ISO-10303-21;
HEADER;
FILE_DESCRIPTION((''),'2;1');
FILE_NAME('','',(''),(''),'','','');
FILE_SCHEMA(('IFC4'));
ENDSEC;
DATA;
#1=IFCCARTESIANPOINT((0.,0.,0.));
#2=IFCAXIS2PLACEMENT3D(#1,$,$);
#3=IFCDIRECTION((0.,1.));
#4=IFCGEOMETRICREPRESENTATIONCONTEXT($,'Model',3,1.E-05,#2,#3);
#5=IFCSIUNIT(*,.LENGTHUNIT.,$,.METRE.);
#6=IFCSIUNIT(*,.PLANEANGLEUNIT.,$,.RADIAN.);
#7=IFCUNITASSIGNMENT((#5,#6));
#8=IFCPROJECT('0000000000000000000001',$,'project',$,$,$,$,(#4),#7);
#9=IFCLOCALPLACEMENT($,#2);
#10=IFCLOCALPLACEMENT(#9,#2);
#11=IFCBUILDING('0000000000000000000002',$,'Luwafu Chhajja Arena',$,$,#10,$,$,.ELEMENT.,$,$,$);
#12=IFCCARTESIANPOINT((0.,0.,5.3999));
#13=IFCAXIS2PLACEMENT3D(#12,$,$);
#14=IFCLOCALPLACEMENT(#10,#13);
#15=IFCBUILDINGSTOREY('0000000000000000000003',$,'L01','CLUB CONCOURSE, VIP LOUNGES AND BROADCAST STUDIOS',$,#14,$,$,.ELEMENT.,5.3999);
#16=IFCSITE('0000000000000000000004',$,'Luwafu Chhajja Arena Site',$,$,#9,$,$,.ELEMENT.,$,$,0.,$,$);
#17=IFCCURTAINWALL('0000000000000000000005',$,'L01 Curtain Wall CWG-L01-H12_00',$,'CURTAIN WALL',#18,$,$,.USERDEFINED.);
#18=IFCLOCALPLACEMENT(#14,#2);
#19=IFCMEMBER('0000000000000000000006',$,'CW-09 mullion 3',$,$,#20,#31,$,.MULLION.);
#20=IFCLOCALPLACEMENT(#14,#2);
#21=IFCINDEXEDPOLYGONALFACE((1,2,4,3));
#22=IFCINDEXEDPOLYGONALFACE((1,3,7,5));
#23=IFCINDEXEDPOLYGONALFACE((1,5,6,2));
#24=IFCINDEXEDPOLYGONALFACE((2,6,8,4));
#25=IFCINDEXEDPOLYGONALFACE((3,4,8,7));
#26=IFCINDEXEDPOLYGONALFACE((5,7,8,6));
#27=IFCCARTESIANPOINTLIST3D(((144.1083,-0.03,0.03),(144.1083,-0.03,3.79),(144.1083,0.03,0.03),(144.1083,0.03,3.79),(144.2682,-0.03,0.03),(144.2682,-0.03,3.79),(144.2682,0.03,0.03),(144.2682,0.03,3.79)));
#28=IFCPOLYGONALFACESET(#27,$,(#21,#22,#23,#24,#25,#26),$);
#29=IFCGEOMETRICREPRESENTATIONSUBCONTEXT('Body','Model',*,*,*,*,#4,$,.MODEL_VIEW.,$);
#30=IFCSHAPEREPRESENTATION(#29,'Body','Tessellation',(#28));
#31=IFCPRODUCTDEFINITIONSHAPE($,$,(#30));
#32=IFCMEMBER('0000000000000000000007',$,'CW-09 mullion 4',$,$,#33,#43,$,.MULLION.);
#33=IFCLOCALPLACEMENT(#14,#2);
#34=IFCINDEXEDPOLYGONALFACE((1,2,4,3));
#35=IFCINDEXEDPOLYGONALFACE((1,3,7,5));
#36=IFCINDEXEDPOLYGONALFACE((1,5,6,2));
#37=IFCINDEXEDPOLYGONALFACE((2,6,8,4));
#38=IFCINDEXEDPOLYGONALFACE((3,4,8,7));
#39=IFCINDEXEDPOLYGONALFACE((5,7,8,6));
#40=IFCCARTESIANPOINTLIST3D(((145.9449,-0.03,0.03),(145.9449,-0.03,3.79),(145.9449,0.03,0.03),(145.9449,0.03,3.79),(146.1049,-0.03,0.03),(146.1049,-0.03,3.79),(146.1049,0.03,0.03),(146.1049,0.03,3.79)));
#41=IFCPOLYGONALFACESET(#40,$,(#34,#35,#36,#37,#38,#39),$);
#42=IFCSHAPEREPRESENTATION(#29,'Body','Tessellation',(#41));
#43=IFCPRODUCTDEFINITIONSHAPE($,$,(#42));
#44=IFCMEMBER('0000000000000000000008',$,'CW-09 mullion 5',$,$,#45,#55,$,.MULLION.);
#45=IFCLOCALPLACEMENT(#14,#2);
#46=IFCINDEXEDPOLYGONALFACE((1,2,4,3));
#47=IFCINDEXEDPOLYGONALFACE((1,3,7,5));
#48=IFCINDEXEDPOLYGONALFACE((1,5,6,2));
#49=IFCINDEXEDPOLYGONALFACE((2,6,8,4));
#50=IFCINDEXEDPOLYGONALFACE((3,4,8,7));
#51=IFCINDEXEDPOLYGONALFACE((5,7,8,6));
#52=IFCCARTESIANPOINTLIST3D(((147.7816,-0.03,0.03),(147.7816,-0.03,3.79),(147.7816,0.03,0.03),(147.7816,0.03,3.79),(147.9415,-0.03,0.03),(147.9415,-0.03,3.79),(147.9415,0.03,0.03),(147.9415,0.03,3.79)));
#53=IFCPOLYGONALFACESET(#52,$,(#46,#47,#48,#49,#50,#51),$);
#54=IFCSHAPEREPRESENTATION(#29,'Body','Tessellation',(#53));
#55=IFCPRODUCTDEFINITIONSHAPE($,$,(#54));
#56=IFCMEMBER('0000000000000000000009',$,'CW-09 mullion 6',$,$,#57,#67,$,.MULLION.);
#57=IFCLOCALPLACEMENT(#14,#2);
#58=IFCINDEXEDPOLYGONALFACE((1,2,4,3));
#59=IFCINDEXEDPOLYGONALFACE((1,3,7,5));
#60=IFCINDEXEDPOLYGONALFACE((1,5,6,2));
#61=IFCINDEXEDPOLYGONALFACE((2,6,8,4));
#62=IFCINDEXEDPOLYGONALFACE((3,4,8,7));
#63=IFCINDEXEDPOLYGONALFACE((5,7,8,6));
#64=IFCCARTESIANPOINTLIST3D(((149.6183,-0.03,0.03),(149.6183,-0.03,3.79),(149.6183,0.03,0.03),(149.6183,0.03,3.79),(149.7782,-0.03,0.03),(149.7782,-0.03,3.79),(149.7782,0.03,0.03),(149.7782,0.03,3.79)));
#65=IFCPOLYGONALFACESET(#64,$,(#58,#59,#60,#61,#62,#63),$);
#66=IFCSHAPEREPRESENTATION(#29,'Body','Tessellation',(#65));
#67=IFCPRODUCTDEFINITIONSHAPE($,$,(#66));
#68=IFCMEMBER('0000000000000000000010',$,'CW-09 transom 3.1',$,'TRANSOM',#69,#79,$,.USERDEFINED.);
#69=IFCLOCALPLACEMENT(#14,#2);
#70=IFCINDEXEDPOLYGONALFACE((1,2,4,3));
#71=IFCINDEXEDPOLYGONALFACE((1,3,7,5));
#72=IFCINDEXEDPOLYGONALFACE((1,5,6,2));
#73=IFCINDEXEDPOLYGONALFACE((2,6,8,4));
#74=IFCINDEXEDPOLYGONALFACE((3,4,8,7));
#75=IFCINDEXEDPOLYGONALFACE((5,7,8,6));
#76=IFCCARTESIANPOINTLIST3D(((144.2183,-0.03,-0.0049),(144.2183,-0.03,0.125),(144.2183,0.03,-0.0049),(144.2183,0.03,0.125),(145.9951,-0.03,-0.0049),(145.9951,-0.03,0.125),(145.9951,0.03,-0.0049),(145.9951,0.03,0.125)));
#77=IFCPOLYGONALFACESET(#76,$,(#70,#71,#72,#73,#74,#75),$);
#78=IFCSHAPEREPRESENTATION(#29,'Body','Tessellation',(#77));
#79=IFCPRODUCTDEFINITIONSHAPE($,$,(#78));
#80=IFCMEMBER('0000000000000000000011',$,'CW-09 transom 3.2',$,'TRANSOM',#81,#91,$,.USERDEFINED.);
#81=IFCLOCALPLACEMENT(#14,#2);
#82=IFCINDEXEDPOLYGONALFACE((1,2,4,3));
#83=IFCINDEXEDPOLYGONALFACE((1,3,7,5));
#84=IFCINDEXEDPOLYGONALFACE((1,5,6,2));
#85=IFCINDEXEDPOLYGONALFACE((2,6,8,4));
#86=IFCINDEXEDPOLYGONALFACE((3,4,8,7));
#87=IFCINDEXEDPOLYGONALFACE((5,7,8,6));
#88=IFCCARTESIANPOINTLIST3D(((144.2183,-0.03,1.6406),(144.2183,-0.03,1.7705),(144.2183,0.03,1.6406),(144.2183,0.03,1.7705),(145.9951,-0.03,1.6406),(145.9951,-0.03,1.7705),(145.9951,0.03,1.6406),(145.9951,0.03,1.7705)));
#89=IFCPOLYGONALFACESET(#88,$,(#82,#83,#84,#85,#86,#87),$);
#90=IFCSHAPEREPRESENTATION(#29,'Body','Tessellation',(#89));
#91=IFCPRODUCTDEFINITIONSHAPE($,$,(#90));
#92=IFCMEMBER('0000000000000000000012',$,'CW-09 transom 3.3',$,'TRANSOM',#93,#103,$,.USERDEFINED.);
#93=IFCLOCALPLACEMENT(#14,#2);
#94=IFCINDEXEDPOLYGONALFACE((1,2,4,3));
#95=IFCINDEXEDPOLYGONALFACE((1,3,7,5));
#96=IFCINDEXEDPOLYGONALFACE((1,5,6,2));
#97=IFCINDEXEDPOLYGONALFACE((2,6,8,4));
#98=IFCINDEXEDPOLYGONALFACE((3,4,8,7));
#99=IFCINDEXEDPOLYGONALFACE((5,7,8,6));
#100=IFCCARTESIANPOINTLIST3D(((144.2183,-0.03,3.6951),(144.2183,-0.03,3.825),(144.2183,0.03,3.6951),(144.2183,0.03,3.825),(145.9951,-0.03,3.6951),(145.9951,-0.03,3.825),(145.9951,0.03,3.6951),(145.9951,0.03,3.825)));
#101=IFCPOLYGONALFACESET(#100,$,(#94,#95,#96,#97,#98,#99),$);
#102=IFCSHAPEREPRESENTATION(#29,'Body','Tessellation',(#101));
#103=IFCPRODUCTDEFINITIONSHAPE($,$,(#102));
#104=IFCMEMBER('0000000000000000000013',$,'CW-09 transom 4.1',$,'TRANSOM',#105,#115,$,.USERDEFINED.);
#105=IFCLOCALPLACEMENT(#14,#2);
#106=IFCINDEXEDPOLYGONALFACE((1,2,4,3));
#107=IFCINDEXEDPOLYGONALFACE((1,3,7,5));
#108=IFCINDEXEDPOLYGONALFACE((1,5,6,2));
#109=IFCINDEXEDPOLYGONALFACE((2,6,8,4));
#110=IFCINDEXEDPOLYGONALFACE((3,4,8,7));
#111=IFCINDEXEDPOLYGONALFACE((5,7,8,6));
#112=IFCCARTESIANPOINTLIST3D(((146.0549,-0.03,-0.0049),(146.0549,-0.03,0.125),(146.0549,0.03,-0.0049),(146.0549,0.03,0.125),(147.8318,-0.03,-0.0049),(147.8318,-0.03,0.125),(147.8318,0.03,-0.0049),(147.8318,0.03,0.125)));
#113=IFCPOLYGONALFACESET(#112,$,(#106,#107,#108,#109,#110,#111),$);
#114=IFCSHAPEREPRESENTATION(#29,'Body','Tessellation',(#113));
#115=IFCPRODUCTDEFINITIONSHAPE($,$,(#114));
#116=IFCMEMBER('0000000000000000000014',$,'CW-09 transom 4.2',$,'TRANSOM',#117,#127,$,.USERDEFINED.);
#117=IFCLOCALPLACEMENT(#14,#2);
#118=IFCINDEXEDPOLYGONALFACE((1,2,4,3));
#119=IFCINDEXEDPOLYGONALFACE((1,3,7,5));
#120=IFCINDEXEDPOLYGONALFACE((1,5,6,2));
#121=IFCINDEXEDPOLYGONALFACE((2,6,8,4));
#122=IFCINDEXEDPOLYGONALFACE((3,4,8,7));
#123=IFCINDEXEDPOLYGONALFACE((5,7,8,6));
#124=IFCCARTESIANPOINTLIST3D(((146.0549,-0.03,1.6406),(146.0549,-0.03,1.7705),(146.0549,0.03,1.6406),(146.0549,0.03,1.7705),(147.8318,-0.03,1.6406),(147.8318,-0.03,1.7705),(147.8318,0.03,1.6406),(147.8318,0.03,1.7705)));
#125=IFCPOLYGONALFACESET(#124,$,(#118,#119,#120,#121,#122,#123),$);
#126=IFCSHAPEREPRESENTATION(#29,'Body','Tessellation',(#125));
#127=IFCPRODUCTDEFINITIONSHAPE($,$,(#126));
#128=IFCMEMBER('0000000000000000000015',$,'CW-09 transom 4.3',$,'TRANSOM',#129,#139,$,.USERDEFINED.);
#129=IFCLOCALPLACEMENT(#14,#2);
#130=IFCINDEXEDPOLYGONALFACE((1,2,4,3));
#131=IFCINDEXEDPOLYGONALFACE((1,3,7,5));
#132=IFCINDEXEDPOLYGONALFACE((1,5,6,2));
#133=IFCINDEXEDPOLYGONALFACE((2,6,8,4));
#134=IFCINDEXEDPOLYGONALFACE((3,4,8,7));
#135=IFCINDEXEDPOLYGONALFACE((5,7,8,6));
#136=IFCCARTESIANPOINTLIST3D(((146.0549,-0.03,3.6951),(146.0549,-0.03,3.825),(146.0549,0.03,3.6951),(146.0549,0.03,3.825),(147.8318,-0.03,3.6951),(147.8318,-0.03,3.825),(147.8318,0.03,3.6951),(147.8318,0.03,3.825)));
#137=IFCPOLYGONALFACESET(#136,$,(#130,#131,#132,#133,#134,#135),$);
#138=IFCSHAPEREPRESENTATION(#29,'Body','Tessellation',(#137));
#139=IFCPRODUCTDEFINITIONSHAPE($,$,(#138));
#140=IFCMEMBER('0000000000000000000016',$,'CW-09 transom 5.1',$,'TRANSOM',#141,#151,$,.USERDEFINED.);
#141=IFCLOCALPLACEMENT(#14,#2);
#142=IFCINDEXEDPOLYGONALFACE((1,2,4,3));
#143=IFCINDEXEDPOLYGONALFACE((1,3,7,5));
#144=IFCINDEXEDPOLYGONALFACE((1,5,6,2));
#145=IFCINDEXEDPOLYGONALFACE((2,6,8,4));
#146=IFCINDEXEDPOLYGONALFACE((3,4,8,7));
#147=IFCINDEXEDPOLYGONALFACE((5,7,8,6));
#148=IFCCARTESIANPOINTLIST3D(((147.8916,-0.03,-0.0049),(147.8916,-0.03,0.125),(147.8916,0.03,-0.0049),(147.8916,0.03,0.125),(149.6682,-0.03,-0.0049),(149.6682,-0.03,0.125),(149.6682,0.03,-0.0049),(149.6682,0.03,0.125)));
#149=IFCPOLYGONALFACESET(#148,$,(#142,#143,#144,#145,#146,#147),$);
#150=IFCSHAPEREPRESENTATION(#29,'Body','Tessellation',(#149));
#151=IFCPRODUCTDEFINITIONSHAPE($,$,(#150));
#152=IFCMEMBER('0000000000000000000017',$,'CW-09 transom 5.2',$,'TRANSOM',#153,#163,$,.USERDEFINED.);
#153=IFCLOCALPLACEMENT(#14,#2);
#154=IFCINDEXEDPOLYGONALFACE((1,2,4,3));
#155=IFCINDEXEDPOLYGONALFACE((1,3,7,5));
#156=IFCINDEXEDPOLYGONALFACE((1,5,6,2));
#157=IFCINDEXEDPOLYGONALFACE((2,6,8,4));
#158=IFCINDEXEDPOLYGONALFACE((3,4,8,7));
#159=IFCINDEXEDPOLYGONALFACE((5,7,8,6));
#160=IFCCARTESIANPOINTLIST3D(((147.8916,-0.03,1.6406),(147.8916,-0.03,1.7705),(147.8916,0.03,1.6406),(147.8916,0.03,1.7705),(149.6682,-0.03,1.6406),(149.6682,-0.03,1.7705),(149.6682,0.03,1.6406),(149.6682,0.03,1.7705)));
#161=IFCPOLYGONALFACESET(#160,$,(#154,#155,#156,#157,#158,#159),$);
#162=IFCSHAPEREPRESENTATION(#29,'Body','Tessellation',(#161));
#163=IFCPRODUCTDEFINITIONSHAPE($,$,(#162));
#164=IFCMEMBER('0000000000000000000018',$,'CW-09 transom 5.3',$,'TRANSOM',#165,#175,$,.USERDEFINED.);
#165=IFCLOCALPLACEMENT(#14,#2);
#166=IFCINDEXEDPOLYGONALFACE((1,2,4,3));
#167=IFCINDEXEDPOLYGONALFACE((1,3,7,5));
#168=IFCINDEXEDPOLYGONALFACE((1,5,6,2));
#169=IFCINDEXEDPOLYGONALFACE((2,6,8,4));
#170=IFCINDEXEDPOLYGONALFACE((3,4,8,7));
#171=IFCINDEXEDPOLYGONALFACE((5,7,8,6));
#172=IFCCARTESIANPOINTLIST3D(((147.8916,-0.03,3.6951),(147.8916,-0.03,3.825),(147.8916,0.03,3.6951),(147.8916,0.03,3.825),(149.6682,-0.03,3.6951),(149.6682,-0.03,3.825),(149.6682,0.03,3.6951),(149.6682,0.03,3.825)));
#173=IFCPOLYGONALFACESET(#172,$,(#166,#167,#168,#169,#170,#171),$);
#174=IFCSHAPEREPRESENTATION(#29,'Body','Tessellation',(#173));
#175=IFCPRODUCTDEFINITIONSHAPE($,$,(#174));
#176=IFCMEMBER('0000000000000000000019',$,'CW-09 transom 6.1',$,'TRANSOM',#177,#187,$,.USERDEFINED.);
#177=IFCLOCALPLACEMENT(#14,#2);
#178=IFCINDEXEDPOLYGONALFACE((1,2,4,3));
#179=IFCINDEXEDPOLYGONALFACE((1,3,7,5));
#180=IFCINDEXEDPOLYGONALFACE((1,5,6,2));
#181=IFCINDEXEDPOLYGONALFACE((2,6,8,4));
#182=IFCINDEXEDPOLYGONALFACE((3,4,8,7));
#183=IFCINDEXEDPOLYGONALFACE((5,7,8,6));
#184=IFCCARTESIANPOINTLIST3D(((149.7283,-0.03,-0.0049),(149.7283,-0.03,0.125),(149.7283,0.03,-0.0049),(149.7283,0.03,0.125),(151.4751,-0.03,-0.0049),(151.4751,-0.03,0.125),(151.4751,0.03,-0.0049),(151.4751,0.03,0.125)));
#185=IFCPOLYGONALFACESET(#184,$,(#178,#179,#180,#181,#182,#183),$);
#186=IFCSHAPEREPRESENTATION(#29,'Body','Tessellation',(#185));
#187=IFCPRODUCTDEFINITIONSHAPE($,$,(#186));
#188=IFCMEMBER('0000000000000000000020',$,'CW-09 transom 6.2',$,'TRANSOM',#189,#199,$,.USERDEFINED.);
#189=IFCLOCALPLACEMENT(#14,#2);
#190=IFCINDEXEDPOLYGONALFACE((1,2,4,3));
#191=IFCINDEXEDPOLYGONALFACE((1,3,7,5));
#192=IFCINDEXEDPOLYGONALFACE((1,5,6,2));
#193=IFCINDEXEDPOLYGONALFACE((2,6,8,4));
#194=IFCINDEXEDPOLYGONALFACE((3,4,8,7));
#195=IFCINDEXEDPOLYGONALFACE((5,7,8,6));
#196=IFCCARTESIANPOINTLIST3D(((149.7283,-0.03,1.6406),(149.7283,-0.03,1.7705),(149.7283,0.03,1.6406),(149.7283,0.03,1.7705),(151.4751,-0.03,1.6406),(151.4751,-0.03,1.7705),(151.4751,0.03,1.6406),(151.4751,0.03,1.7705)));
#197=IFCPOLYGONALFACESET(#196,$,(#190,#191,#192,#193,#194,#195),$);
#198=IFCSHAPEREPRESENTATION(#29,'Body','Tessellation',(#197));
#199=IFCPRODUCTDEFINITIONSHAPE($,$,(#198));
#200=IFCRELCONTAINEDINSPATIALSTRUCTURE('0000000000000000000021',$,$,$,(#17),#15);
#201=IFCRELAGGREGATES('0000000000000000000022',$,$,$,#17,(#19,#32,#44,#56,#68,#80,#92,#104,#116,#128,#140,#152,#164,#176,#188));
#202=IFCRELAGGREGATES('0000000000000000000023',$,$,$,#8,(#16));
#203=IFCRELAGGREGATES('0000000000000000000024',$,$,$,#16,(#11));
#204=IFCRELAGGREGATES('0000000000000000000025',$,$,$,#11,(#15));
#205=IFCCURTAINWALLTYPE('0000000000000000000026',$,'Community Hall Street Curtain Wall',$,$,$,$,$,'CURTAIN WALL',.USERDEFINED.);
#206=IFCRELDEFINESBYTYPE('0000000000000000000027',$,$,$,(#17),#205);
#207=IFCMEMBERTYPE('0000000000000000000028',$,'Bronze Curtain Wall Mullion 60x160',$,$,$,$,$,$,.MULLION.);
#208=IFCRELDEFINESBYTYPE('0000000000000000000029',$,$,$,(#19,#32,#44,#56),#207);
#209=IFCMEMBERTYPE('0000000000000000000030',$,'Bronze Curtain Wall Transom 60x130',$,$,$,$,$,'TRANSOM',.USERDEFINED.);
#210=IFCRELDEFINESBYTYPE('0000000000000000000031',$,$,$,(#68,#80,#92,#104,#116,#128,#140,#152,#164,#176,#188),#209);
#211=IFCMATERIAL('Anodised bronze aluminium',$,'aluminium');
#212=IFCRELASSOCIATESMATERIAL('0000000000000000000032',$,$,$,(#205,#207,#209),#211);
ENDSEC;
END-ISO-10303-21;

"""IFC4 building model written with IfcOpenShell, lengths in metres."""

from ifc_helpers import new_model, si_unit, direction, frame, origin, origin_2d, place, context, subcontext, project, spatial, rectangle, extrude, material, material_profile, profile_set, type_object, element, aggregate, save


model = new_model("IFC4")

# Units and contexts
model_context = context("Model", 3, precision=1e-05, world=origin(), true_north=direction((0.0, 1.0)))
body_context = subcontext(model_context, "Body", "Model", "MODEL_VIEW")
ifc_project = project(units=[si_unit("LENGTHUNIT", "METRE"), si_unit("PLANEANGLEUNIT", "RADIAN")], contexts=[model_context])

# Site, building, storey
site_placement = place(None, origin())
site = spatial("IfcSite", under=ifc_project, at=site_placement, Name="Luwafu Chhajja Arena Site", CompositionType="ELEMENT", RefElevation=0.0)
building_placement = place(site_placement, origin())
building = spatial("IfcBuilding", under=site, at=building_placement, Name="Luwafu Chhajja Arena", CompositionType="ELEMENT")
storey_placement = place(building_placement, frame((0.0, 0.0, 5.3999)))
storey = spatial("IfcBuildingStorey", under=building, at=storey_placement, Name="L01", Description="CLUB CONCOURSE, VIP LOUNGES AND BROADCAST STUDIOS", CompositionType="ELEMENT", Elevation=5.3999)

# Curtain wall, members
ifc_material_1 = material(Name="Anodised bronze aluminium", Category="aluminium")
curtain_wall_type = type_object("IfcCurtainWallType", Name="Community Hall Street Curtain Wall", ElementType="CURTAIN WALL", PredefinedType="USERDEFINED", material=ifc_material_1)
curtain_wall_placement = place(storey_placement, origin())
curtain_wall = element("IfcCurtainWall", 1, at=curtain_wall_placement, inside=storey, type_object=curtain_wall_type, Name="L01 Curtain Wall CWG-L01-H12_00", ObjectType="CURTAIN WALL", PredefinedType="USERDEFINED")
ifc_material_profile_1 = material_profile(ifc_material_1, rectangle(XDim=0.0601, YDim=0.1599, at=origin_2d()), Name="CWM 60x160")
ifc_profile_set_1 = profile_set([ifc_material_profile_1], Name="Anodised bronze aluminium")
member_type_1 = type_object("IfcMemberType", Name="Bronze Curtain Wall Mullion 60x160", PredefinedType="MULLION", material=ifc_profile_set_1)
member_1_placement = place(storey_placement, frame((144.1882, 0.0, 0.03), z_axis=(0.0, 0.0, 1.0), x_axis=(0.0, 1.0, 0.0)))
member_1 = element("IfcMember", 2, at=member_1_placement, type_object=member_type_1, Name="CW-09 mullion 3", PredefinedType="MULLION", context=body_context, shape_type="SweptSolid", body=[
    extrude(rectangle(XDim=0.0601, YDim=0.1599, at=origin_2d()), origin(), (0.0, 0.0, 1.0), 3.76),
])
member_2_placement = place(storey_placement, frame((146.0249, 0.0, 0.03), z_axis=(0.0, 0.0, 1.0), x_axis=(0.0, 1.0, 0.0)))
member_2 = element("IfcMember", 3, at=member_2_placement, type_object=member_type_1, Name="CW-09 mullion 4", PredefinedType="MULLION", context=body_context, shape_type="SweptSolid", body=[
    extrude(rectangle(XDim=0.0601, YDim=0.1599, at=origin_2d()), origin(), (0.0, 0.0, 1.0), 3.76),
])
member_3_placement = place(storey_placement, frame((147.8616, 0.0, 0.03), z_axis=(0.0, 0.0, 1.0), x_axis=(0.0, 1.0, 0.0)))
member_3 = element("IfcMember", 4, at=member_3_placement, type_object=member_type_1, Name="CW-09 mullion 5", PredefinedType="MULLION", context=body_context, shape_type="SweptSolid", body=[
    extrude(rectangle(XDim=0.0601, YDim=0.1599, at=origin_2d()), origin(), (0.0, 0.0, 1.0), 3.76),
])
member_4_placement = place(storey_placement, frame((149.6982, 0.0, 0.03), z_axis=(0.0, 0.0, 1.0), x_axis=(0.0, 1.0, 0.0)))
member_4 = element("IfcMember", 5, at=member_4_placement, type_object=member_type_1, Name="CW-09 mullion 6", PredefinedType="MULLION", context=body_context, shape_type="SweptSolid", body=[
    extrude(rectangle(XDim=0.0601, YDim=0.1599, at=origin_2d()), origin(), (0.0, 0.0, 1.0), 3.76),
])
ifc_material_profile_2 = material_profile(ifc_material_1, rectangle(XDim=0.0601, YDim=0.1299, at=origin_2d()), Name="CWT 60x130")
ifc_profile_set_2 = profile_set([ifc_material_profile_2], Name="Anodised bronze aluminium")
member_type_2 = type_object("IfcMemberType", Name="Bronze Curtain Wall Transom 60x130", ElementType="TRANSOM", PredefinedType="USERDEFINED", material=ifc_profile_set_2)
member_5_placement = place(storey_placement, frame((144.2183, 0.0, 0.0601), z_axis=(1.0, 0.0, 0.0), x_axis=(0.0, 1.0, 0.0)))
member_5 = element("IfcMember", 6, at=member_5_placement, type_object=member_type_2, Name="CW-09 transom 3.1", ObjectType="TRANSOM", PredefinedType="USERDEFINED", context=body_context, shape_type="SweptSolid", body=[
    extrude(rectangle(XDim=0.0601, YDim=0.1299, at=origin_2d()), origin(), (0.0, 0.0, 1.0), 1.7769),
])
member_6_placement = place(storey_placement, frame((144.2183, 0.0, 1.7056), z_axis=(1.0, 0.0, 0.0), x_axis=(0.0, 1.0, 0.0)))
member_6 = element("IfcMember", 7, at=member_6_placement, type_object=member_type_2, Name="CW-09 transom 3.2", ObjectType="TRANSOM", PredefinedType="USERDEFINED", context=body_context, shape_type="SweptSolid", body=[
    extrude(rectangle(XDim=0.0601, YDim=0.1299, at=origin_2d()), origin(), (0.0, 0.0, 1.0), 1.7769),
])
member_7_placement = place(storey_placement, frame((144.2183, 0.0, 3.76), z_axis=(1.0, 0.0, 0.0), x_axis=(0.0, 1.0, 0.0)))
member_7 = element("IfcMember", 8, at=member_7_placement, type_object=member_type_2, Name="CW-09 transom 3.3", ObjectType="TRANSOM", PredefinedType="USERDEFINED", context=body_context, shape_type="SweptSolid", body=[
    extrude(rectangle(XDim=0.0601, YDim=0.1299, at=origin_2d()), origin(), (0.0, 0.0, 1.0), 1.7769),
])
member_8_placement = place(storey_placement, frame((146.0549, 0.0, 0.0601), z_axis=(1.0, 0.0, 0.0), x_axis=(0.0, 1.0, 0.0)))
member_8 = element("IfcMember", 9, at=member_8_placement, type_object=member_type_2, Name="CW-09 transom 4.1", ObjectType="TRANSOM", PredefinedType="USERDEFINED", context=body_context, shape_type="SweptSolid", body=[
    extrude(rectangle(XDim=0.0601, YDim=0.1299, at=origin_2d()), origin(), (0.0, 0.0, 1.0), 1.7769),
])
member_9_placement = place(storey_placement, frame((146.0549, 0.0, 1.7056), z_axis=(1.0, 0.0, 0.0), x_axis=(0.0, 1.0, 0.0)))
member_9 = element("IfcMember", 10, at=member_9_placement, type_object=member_type_2, Name="CW-09 transom 4.2", ObjectType="TRANSOM", PredefinedType="USERDEFINED", context=body_context, shape_type="SweptSolid", body=[
    extrude(rectangle(XDim=0.0601, YDim=0.1299, at=origin_2d()), origin(), (0.0, 0.0, 1.0), 1.7769),
])
member_10_placement = place(storey_placement, frame((146.0549, 0.0, 3.76), z_axis=(1.0, 0.0, 0.0), x_axis=(0.0, 1.0, 0.0)))
member_10 = element("IfcMember", 11, at=member_10_placement, type_object=member_type_2, Name="CW-09 transom 4.3", ObjectType="TRANSOM", PredefinedType="USERDEFINED", context=body_context, shape_type="SweptSolid", body=[
    extrude(rectangle(XDim=0.0601, YDim=0.1299, at=origin_2d()), origin(), (0.0, 0.0, 1.0), 1.7769),
])
member_11_placement = place(storey_placement, frame((147.8916, 0.0, 0.0601), z_axis=(1.0, 0.0, 0.0), x_axis=(0.0, 1.0, 0.0)))
member_11 = element("IfcMember", 12, at=member_11_placement, type_object=member_type_2, Name="CW-09 transom 5.1", ObjectType="TRANSOM", PredefinedType="USERDEFINED", context=body_context, shape_type="SweptSolid", body=[
    extrude(rectangle(XDim=0.0601, YDim=0.1299, at=origin_2d()), origin(), (0.0, 0.0, 1.0), 1.7766),
])
member_12_placement = place(storey_placement, frame((147.8916, 0.0, 1.7056), z_axis=(1.0, 0.0, 0.0), x_axis=(0.0, 1.0, 0.0)))
member_12 = element("IfcMember", 13, at=member_12_placement, type_object=member_type_2, Name="CW-09 transom 5.2", ObjectType="TRANSOM", PredefinedType="USERDEFINED", context=body_context, shape_type="SweptSolid", body=[
    extrude(rectangle(XDim=0.0601, YDim=0.1299, at=origin_2d()), origin(), (0.0, 0.0, 1.0), 1.7766),
])
member_13_placement = place(storey_placement, frame((147.8916, 0.0, 3.76), z_axis=(1.0, 0.0, 0.0), x_axis=(0.0, 1.0, 0.0)))
member_13 = element("IfcMember", 14, at=member_13_placement, type_object=member_type_2, Name="CW-09 transom 5.3", ObjectType="TRANSOM", PredefinedType="USERDEFINED", context=body_context, shape_type="SweptSolid", body=[
    extrude(rectangle(XDim=0.0601, YDim=0.1299, at=origin_2d()), origin(), (0.0, 0.0, 1.0), 1.7766),
])
member_14_placement = place(storey_placement, frame((149.7283, 0.0, 0.0601), z_axis=(1.0, 0.0, 0.0), x_axis=(0.0, 1.0, 0.0)))
member_14 = element("IfcMember", 15, at=member_14_placement, type_object=member_type_2, Name="CW-09 transom 6.1", ObjectType="TRANSOM", PredefinedType="USERDEFINED", context=body_context, shape_type="SweptSolid", body=[
    extrude(rectangle(XDim=0.0601, YDim=0.1299, at=origin_2d()), origin(), (0.0, 0.0, 1.0), 1.7468),
])
member_15_placement = place(storey_placement, frame((149.7283, 0.0, 1.7056), z_axis=(1.0, 0.0, 0.0), x_axis=(0.0, 1.0, 0.0)))
member_15 = element("IfcMember", 16, at=member_15_placement, type_object=member_type_2, Name="CW-09 transom 6.2", ObjectType="TRANSOM", PredefinedType="USERDEFINED", context=body_context, shape_type="SweptSolid", body=[
    extrude(rectangle(XDim=0.0601, YDim=0.1299, at=origin_2d()), origin(), (0.0, 0.0, 1.0), 1.7468),
])
aggregate(curtain_wall, [member_1, member_2, member_3, member_4, member_5, member_6, member_7, member_8, member_9, member_10, member_11, member_12, member_13, member_14, member_15])

save(model, "model.ifc")
